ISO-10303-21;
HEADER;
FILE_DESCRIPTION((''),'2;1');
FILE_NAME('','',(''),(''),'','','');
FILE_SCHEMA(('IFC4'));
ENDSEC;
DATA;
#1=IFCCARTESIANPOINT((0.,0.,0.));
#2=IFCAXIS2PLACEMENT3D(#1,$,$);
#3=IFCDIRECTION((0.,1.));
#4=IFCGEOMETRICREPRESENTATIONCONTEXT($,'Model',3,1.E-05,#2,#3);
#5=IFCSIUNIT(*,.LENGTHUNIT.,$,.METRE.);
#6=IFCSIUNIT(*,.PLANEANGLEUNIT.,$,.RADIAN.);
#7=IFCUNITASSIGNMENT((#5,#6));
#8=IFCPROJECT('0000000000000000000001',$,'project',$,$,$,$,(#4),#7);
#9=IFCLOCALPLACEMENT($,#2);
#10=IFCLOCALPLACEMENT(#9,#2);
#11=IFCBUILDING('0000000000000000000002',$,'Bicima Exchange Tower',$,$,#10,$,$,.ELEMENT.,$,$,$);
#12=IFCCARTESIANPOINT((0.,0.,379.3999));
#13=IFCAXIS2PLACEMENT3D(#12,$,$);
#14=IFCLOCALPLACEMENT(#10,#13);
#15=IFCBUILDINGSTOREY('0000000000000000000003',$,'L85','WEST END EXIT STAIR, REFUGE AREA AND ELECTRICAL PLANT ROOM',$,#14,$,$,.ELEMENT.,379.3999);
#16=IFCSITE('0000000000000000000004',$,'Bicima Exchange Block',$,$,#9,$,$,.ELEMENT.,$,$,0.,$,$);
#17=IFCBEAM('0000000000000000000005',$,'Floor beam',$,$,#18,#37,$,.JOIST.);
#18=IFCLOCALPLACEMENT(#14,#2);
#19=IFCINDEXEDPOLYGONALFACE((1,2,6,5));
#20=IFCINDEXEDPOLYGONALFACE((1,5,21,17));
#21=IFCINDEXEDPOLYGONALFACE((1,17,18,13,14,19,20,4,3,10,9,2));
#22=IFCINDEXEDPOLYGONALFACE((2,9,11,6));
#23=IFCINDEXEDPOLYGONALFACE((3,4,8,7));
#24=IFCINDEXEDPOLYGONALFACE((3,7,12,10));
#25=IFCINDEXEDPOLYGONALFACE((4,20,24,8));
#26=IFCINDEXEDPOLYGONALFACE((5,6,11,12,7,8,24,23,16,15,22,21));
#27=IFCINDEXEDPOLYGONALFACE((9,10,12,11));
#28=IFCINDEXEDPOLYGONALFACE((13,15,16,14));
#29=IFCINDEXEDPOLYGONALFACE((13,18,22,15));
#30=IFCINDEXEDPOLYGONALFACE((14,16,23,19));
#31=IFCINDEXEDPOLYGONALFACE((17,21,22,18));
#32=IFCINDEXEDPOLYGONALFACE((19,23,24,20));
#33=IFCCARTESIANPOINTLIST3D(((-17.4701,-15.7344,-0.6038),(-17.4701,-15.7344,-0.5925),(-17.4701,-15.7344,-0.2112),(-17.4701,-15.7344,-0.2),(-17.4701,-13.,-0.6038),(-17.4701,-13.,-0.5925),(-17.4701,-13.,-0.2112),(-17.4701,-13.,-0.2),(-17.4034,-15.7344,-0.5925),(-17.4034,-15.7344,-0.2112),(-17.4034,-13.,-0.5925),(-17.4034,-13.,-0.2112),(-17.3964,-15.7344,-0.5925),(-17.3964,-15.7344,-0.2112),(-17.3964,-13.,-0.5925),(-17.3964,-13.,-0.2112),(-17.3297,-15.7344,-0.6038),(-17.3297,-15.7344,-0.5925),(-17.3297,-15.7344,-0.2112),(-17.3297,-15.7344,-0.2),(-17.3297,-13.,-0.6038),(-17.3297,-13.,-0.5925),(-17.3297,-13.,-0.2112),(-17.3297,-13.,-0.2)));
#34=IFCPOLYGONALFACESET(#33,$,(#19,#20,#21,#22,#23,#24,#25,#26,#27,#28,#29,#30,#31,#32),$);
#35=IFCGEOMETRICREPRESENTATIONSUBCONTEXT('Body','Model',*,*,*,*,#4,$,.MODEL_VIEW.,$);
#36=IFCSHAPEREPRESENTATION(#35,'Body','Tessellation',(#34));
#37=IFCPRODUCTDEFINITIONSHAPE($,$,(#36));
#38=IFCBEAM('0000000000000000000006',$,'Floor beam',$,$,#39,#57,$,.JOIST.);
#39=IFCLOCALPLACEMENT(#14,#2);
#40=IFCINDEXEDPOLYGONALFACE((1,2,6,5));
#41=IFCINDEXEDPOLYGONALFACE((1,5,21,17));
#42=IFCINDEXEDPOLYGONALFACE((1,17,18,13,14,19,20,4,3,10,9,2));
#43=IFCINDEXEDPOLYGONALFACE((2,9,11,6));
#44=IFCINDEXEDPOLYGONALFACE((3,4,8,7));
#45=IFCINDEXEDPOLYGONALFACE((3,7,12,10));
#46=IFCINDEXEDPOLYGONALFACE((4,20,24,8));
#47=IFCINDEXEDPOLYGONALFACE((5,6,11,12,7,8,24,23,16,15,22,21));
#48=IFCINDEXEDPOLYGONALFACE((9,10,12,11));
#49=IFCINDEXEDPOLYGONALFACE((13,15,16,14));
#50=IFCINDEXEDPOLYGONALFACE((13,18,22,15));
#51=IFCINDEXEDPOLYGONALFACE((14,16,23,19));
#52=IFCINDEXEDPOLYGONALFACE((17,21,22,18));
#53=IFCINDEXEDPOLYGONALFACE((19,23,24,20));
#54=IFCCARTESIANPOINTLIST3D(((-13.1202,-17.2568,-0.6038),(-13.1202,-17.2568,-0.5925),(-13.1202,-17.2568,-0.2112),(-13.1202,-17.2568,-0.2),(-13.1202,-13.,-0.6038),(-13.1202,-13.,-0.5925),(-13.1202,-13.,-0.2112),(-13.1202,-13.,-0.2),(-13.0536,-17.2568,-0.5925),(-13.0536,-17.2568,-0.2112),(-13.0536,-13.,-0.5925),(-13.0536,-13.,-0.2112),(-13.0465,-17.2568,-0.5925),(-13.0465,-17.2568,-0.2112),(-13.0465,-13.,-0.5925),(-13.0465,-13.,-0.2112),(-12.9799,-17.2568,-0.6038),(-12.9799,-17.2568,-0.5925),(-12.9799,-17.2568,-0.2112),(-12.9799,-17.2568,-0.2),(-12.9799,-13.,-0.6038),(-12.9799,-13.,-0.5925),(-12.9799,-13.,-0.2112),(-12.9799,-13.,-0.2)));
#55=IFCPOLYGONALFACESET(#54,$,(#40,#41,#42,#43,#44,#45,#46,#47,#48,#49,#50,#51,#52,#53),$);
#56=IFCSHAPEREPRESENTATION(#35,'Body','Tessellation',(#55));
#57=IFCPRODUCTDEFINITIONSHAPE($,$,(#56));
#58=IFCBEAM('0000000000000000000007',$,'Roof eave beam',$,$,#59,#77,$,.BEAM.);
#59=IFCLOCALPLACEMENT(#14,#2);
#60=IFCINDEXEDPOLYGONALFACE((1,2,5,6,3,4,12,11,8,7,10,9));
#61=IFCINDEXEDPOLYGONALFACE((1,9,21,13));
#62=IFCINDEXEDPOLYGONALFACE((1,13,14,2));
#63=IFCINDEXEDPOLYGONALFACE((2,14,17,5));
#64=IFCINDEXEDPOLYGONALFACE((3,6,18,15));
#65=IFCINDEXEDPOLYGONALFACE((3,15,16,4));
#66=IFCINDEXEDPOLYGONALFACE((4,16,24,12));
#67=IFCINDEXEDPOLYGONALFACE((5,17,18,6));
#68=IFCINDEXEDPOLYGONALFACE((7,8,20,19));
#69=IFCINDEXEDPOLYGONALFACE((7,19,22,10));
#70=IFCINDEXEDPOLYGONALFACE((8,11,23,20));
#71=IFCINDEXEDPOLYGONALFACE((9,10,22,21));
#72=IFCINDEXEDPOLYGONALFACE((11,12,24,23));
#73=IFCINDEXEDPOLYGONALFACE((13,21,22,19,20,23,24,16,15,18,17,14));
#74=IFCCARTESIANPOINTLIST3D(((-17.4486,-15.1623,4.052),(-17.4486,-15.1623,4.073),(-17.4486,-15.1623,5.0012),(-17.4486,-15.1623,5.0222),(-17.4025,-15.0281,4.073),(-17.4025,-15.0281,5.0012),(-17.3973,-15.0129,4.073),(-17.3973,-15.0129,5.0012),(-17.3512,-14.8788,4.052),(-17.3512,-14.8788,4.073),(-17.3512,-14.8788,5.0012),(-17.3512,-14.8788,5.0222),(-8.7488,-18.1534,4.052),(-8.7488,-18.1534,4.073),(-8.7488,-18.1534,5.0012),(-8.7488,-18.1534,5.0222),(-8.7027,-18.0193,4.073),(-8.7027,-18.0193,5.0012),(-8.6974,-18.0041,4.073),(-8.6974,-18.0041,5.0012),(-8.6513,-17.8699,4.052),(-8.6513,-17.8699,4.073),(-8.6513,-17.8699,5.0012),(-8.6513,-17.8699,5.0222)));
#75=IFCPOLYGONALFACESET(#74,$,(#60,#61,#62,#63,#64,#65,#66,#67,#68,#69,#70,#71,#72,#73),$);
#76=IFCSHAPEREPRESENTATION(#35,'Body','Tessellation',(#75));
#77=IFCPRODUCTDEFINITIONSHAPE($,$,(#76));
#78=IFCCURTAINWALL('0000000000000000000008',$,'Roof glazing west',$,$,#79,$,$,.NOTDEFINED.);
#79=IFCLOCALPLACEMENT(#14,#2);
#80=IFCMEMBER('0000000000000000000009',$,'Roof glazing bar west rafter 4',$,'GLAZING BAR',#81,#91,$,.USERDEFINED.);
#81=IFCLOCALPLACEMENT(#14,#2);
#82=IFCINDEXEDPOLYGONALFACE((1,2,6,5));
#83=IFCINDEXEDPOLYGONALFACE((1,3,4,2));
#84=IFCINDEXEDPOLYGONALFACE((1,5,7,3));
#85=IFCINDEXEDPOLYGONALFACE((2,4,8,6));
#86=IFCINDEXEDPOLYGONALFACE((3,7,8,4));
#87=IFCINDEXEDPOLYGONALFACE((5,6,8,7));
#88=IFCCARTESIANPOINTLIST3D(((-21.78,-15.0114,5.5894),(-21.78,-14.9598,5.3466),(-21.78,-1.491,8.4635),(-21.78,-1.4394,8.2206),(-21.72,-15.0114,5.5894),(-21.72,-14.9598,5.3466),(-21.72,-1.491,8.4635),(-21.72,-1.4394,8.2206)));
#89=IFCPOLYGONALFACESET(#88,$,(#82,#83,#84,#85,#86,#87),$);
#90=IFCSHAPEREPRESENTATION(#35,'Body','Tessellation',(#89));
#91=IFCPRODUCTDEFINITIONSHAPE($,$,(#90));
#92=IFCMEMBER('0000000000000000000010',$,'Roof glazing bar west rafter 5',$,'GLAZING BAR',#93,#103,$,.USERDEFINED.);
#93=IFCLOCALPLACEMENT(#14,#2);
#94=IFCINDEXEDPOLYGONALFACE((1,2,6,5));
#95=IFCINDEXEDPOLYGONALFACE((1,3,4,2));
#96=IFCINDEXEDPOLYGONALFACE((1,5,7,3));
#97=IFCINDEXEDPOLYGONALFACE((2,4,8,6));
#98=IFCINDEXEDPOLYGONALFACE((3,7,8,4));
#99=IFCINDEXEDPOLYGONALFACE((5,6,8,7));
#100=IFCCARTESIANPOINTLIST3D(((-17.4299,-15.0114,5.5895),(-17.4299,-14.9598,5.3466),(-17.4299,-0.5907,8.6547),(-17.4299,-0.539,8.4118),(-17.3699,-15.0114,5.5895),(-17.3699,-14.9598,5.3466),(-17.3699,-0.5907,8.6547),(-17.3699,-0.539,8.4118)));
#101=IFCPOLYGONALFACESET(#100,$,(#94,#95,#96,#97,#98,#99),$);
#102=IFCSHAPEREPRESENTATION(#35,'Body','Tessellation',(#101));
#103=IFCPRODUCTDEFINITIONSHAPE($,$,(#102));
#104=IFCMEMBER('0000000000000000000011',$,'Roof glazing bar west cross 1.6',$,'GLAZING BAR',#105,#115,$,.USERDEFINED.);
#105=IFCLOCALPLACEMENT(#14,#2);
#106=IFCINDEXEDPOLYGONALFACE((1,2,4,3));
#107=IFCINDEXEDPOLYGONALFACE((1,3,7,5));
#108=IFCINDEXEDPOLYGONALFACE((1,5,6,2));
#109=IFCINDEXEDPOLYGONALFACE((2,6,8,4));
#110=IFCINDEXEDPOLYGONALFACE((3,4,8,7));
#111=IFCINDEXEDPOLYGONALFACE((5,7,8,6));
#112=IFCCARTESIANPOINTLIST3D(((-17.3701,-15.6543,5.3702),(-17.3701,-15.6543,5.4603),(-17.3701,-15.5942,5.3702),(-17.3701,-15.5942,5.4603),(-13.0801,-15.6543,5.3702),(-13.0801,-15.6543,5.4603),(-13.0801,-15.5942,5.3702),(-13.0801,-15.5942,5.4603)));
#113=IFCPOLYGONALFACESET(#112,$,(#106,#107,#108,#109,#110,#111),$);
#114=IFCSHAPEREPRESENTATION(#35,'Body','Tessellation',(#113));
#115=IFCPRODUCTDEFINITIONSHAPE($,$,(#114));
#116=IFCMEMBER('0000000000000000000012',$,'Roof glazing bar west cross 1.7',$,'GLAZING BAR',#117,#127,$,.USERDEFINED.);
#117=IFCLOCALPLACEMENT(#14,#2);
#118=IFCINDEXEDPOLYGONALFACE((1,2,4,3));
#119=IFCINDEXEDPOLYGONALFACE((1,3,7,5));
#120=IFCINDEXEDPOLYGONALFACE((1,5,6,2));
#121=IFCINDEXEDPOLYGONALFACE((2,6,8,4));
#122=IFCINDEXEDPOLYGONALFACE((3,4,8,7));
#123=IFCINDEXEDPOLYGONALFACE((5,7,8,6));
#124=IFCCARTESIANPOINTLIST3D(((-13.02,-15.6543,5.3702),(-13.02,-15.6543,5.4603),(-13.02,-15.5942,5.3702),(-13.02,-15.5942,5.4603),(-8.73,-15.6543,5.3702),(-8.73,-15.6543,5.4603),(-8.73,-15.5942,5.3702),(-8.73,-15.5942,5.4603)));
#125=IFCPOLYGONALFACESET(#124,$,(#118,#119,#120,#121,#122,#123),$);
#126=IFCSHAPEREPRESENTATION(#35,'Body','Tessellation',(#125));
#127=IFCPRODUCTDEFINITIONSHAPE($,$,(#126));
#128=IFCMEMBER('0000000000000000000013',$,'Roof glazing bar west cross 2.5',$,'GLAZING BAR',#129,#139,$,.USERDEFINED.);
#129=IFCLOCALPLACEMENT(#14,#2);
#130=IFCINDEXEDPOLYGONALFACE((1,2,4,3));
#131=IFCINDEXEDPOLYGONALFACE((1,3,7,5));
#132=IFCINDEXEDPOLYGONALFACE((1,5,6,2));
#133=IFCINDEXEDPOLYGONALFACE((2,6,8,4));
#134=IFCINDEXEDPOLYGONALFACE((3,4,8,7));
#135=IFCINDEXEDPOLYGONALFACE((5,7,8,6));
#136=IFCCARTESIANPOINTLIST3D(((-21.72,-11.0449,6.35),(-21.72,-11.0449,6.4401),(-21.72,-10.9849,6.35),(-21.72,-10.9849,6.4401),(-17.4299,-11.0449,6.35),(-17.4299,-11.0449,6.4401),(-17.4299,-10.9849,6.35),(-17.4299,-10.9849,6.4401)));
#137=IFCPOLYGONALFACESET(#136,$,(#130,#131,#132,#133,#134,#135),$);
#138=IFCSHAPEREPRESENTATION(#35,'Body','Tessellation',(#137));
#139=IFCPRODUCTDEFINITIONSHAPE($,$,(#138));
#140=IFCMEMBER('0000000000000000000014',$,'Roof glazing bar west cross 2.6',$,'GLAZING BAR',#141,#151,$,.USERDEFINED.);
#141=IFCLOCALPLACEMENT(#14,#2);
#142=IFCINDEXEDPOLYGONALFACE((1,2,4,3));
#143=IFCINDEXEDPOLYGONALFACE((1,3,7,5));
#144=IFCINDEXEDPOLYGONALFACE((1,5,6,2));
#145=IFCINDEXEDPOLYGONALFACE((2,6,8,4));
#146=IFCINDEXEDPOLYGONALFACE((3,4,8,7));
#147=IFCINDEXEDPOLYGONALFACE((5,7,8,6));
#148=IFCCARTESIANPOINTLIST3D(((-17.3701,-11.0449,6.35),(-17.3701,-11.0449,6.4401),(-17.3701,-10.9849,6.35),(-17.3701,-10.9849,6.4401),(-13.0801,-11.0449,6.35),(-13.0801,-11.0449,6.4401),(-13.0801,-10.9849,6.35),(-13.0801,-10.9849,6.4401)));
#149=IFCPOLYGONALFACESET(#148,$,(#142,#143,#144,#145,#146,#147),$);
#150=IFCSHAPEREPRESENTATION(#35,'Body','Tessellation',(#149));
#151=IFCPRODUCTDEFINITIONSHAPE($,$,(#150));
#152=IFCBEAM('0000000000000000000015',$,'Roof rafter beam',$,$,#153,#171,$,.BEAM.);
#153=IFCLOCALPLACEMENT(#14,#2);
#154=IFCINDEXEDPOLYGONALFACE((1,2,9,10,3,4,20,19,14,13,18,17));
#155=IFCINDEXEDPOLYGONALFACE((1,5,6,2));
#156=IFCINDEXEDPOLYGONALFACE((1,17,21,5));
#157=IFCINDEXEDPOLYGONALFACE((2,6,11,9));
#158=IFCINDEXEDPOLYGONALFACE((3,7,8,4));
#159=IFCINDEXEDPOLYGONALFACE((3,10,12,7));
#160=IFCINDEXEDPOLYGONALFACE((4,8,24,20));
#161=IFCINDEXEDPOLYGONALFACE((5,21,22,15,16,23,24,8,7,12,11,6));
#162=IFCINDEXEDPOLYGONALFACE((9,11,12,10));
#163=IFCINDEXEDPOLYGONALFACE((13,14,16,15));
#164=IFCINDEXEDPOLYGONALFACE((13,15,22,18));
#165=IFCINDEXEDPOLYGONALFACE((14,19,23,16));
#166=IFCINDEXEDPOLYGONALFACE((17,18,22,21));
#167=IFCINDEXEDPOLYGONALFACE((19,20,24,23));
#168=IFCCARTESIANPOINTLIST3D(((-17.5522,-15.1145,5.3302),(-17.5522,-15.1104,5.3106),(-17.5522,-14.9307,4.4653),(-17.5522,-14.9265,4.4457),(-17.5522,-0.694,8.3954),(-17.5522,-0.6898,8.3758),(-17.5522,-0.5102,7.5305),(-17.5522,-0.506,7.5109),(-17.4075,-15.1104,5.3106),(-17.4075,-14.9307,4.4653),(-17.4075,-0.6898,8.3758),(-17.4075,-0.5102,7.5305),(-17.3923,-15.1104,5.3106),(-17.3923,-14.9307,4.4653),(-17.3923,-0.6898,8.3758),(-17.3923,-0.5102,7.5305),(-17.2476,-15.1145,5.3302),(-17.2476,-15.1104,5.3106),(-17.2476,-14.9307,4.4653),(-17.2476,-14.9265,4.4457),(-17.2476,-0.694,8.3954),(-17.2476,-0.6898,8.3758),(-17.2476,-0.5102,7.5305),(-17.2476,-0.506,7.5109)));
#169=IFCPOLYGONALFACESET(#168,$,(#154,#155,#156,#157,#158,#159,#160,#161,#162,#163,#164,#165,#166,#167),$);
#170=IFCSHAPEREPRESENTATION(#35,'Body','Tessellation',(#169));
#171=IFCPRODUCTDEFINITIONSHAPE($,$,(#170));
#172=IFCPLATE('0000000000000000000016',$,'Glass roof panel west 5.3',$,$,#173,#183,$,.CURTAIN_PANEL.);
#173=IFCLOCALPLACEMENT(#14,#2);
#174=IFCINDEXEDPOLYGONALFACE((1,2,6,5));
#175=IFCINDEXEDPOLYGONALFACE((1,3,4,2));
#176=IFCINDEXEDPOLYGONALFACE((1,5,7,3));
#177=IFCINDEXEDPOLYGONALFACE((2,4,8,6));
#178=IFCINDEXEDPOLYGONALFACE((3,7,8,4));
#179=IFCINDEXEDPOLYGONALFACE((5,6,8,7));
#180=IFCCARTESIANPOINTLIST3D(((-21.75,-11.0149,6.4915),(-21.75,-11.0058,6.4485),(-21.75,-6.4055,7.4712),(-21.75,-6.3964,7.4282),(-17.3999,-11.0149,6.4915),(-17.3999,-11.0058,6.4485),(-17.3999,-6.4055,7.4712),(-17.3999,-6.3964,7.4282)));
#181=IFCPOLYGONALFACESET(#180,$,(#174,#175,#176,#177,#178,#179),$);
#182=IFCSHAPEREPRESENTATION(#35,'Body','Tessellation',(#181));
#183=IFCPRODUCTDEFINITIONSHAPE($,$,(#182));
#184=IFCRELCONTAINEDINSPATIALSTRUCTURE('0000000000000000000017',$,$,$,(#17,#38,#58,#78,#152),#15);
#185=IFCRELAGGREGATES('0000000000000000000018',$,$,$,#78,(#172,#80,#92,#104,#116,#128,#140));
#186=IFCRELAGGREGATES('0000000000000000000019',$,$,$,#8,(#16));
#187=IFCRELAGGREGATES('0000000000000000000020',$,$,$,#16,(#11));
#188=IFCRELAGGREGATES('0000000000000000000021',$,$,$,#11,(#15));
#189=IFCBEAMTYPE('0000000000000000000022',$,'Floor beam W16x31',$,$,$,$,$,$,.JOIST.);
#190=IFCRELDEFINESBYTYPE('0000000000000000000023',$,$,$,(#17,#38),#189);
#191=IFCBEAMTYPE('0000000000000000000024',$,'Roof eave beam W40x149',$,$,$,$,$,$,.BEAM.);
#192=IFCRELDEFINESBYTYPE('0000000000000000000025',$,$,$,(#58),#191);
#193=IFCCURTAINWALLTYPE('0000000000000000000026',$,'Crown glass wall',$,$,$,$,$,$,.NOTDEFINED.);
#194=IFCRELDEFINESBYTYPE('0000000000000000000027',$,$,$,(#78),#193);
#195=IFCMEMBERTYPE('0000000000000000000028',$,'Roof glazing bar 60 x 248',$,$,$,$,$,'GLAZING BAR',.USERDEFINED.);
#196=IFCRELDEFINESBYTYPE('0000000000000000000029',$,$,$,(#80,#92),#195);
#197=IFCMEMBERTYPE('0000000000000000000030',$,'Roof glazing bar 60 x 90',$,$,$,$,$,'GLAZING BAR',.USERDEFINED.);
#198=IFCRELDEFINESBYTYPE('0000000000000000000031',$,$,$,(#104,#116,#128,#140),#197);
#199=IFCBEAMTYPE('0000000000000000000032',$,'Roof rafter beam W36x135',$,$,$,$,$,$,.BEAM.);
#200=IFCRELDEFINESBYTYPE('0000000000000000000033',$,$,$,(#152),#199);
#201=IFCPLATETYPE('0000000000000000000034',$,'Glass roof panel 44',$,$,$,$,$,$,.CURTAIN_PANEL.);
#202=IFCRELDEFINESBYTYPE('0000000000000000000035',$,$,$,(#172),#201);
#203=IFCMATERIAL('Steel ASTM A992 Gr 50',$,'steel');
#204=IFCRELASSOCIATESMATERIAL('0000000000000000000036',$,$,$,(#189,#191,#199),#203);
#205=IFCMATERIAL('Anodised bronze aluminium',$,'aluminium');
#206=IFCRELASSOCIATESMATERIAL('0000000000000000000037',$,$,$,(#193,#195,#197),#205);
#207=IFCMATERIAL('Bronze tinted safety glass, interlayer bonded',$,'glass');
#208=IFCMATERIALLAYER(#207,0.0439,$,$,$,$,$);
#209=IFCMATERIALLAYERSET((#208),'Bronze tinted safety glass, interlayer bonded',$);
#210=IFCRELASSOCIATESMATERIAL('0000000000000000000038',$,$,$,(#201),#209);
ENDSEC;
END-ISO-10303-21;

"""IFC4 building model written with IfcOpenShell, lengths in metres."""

from ifc_helpers import new_model, si_unit, direction, frame, origin, origin_2d, place, context, subcontext, project, spatial, polyline, rectangle, i_section, outline, extrude, material, layer, layer_set, material_profile, profile_set, type_object, element, aggregate, save


model = new_model("IFC4")

# Units and contexts
model_context = context("Model", 3, precision=1e-05, world=origin(), true_north=direction((0.0, 1.0)))
body_context = subcontext(model_context, "Body", "Model", "MODEL_VIEW")
ifc_project = project(units=[si_unit("LENGTHUNIT", "METRE"), si_unit("PLANEANGLEUNIT", "RADIAN")], contexts=[model_context])

# Site, building, storey
site_placement = place(None, origin())
site = spatial("IfcSite", under=ifc_project, at=site_placement, Name="Bicima Exchange Block", CompositionType="ELEMENT", RefElevation=0.0)
building_placement = place(site_placement, origin())
building = spatial("IfcBuilding", under=site, at=building_placement, Name="Bicima Exchange Tower", CompositionType="ELEMENT")
storey_placement = place(building_placement, frame((0.0, 0.0, 379.3999)))
storey = spatial("IfcBuildingStorey", under=building, at=storey_placement, Name="L85", Description="WEST END EXIT STAIR, REFUGE AREA AND ELECTRICAL PLANT ROOM", CompositionType="ELEMENT", Elevation=379.3999)

# Beams
ifc_material_1 = material(Name="Steel ASTM A992 Gr 50", Category="steel")
ifc_material_profile_1 = material_profile(ifc_material_1, i_section(OverallWidth=0.1404, OverallDepth=0.4038, WebThickness=0.0071, FlangeThickness=0.0112, at=origin_2d()))
ifc_profile_set_1 = profile_set([ifc_material_profile_1], Name="Steel ASTM A992 Gr 50")
beam_type_1 = type_object("IfcBeamType", Name="Floor beam W16x31", PredefinedType="JOIST", material=ifc_profile_set_1)
beam_1_placement = place(storey_placement, frame((-17.3999, -13.0, -0.4019), z_axis=(0.0, -1.0, 0.0), x_axis=(1.0, 0.0, 0.0)))
element("IfcBeam", 1, at=beam_1_placement, inside=storey, type_object=beam_type_1, Name="Floor beam", PredefinedType="JOIST", context=body_context, shape_type="SweptSolid", body=[
    extrude(i_section(OverallWidth=0.1404, OverallDepth=0.4038, WebThickness=0.0071, FlangeThickness=0.0112, at=origin_2d()), origin(), (0.0, 0.0, 1.0), 2.7344),
])
beam_2_placement = place(storey_placement, frame((-13.05, -13.0, -0.4019), z_axis=(0.0, -1.0, 0.0), x_axis=(1.0, 0.0, 0.0)))
element("IfcBeam", 2, at=beam_2_placement, inside=storey, type_object=beam_type_1, Name="Floor beam", PredefinedType="JOIST", context=body_context, shape_type="SweptSolid", body=[
    extrude(i_section(OverallWidth=0.1404, OverallDepth=0.4038, WebThickness=0.0071, FlangeThickness=0.0112, at=origin_2d()), origin(), (0.0, 0.0, 1.0), 4.2568),
])
ifc_material_profile_2 = material_profile(ifc_material_1, i_section(OverallWidth=0.2998, OverallDepth=0.9702, WebThickness=0.0161, FlangeThickness=0.021, at=origin_2d()))
ifc_profile_set_2 = profile_set([ifc_material_profile_2], Name="Steel ASTM A992 Gr 50")
beam_type_2 = type_object("IfcBeamType", Name="Roof eave beam W40x149", PredefinedType="BEAM", material=ifc_profile_set_2)
beam_3_placement = place(storey_placement, frame((-17.3999, -15.0205, 4.5371), z_axis=(0.945666, -0.325138, 0.0), x_axis=(0.325138, 0.945666, 0.0)))
element("IfcBeam", 3, at=beam_3_placement, inside=storey, type_object=beam_type_2, Name="Roof eave beam", PredefinedType="BEAM", context=body_context, shape_type="SweptSolid", body=[
    extrude(i_section(OverallWidth=0.2998, OverallDepth=0.9702, WebThickness=0.0161, FlangeThickness=0.021, at=origin_2d()), origin(), (0.0, 0.0, 1.0), 9.1997),
])

# Curtain wall, members
ifc_material_2 = material(Name="Anodised bronze aluminium", Category="aluminium")
curtain_wall_type = type_object("IfcCurtainWallType", Name="Crown glass wall", PredefinedType="NOTDEFINED", material=ifc_material_2)
curtain_wall_placement = place(storey_placement, origin())
curtain_wall = element("IfcCurtainWall", 4, at=curtain_wall_placement, inside=storey, type_object=curtain_wall_type, Name="Roof glazing west", PredefinedType="NOTDEFINED")
ifc_material_profile_3 = material_profile(ifc_material_2, rectangle(XDim=0.0601, YDim=0.2483, at=origin_2d()))
ifc_profile_set_3 = profile_set([ifc_material_profile_3], Name="Anodised bronze aluminium")
member_type_1 = type_object("IfcMemberType", Name="Roof glazing bar 60 x 248", ElementType="GLAZING BAR", PredefinedType="USERDEFINED", material=ifc_profile_set_3)
member_1_placement = place(storey_placement, frame((-21.75, -14.9856, 5.468), z_axis=(0.0, 0.978145, 0.207922), x_axis=(-1.0, 0.0, 0.0)))
member_1 = element("IfcMember", 5, at=member_1_placement, type_object=member_type_1, Name="Roof glazing bar west rafter 4", ObjectType="GLAZING BAR", PredefinedType="USERDEFINED", context=body_context, shape_type="SweptSolid", body=[
    extrude(rectangle(XDim=0.0601, YDim=0.2483, at=origin_2d()), origin(), (0.0, 0.0, 1.0), 13.8225),
])
member_2_placement = place(storey_placement, frame((-17.3999, -14.9856, 5.468), z_axis=(0.0, 0.978148, 0.20791), x_axis=(-1.0, 0.0, 0.0)))
member_2 = element("IfcMember", 6, at=member_2_placement, type_object=member_type_1, Name="Roof glazing bar west rafter 5", ObjectType="GLAZING BAR", PredefinedType="USERDEFINED", context=body_context, shape_type="SweptSolid", body=[
    extrude(rectangle(XDim=0.0601, YDim=0.2483, at=origin_2d()), origin(), (0.0, 0.0, 1.0), 14.7429),
])
ifc_material_profile_4 = material_profile(ifc_material_2, rectangle(XDim=0.0601, YDim=0.0901, at=origin_2d()))
ifc_profile_set_4 = profile_set([ifc_material_profile_4], Name="Anodised bronze aluminium")
member_type_2 = type_object("IfcMemberType", Name="Roof glazing bar 60 x 90", ElementType="GLAZING BAR", PredefinedType="USERDEFINED", material=ifc_profile_set_4)
member_3_placement = place(storey_placement, frame((-17.3701, -15.6243, 5.4153), z_axis=(1.0, 0.0, 0.0), x_axis=(0.0, 1.0, 0.0)))
member_3 = element("IfcMember", 7, at=member_3_placement, type_object=member_type_2, Name="Roof glazing bar west cross 1.6", ObjectType="GLAZING BAR", PredefinedType="USERDEFINED", context=body_context, shape_type="SweptSolid", body=[
    extrude(rectangle(XDim=0.0601, YDim=0.0901, at=origin_2d()), origin(), (0.0, 0.0, 1.0), 4.29),
])
member_4_placement = place(storey_placement, frame((-13.02, -15.6243, 5.4153), z_axis=(1.0, 0.0, 0.0), x_axis=(0.0, 1.0, 0.0)))
member_4 = element("IfcMember", 8, at=member_4_placement, type_object=member_type_2, Name="Roof glazing bar west cross 1.7", ObjectType="GLAZING BAR", PredefinedType="USERDEFINED", context=body_context, shape_type="SweptSolid", body=[
    extrude(rectangle(XDim=0.0601, YDim=0.0901, at=origin_2d()), origin(), (0.0, 0.0, 1.0), 4.29),
])
member_5_placement = place(storey_placement, frame((-21.72, -11.0149, 6.395), z_axis=(1.0, 0.0, 0.0), x_axis=(0.0, 1.0, 0.0)))
member_5 = element("IfcMember", 9, at=member_5_placement, type_object=member_type_2, Name="Roof glazing bar west cross 2.5", ObjectType="GLAZING BAR", PredefinedType="USERDEFINED", context=body_context, shape_type="SweptSolid", body=[
    extrude(rectangle(XDim=0.0601, YDim=0.0901, at=origin_2d()), origin(), (0.0, 0.0, 1.0), 4.29),
])
member_6_placement = place(storey_placement, frame((-17.3701, -11.0149, 6.395), z_axis=(1.0, 0.0, 0.0), x_axis=(0.0, 1.0, 0.0)))
member_6 = element("IfcMember", 10, at=member_6_placement, type_object=member_type_2, Name="Roof glazing bar west cross 2.6", ObjectType="GLAZING BAR", PredefinedType="USERDEFINED", context=body_context, shape_type="SweptSolid", body=[
    extrude(rectangle(XDim=0.0601, YDim=0.0901, at=origin_2d()), origin(), (0.0, 0.0, 1.0), 4.29),
])

# Beam
ifc_material_profile_5 = material_profile(ifc_material_1, i_section(OverallWidth=0.3047, OverallDepth=0.9043, WebThickness=0.0151, FlangeThickness=0.02, at=origin_2d()))
ifc_profile_set_5 = profile_set([ifc_material_profile_5], Name="Steel ASTM A992 Gr 50")
beam_type_3 = type_object("IfcBeamType", Name="Roof rafter beam W36x135", PredefinedType="BEAM", material=ifc_profile_set_5)
beam_4_placement = place(storey_placement, frame((-17.3999, -15.0205, 4.8879), z_axis=(0.0, 0.978147, 0.207914), x_axis=(-1.0, 0.0, 0.0)))
element("IfcBeam", 11, at=beam_4_placement, inside=storey, type_object=beam_type_3, Name="Roof rafter beam", PredefinedType="BEAM", context=body_context, shape_type="SweptSolid", body=[
    extrude(i_section(OverallWidth=0.3047, OverallDepth=0.9043, WebThickness=0.0151, FlangeThickness=0.02, at=origin_2d()), origin(), (0.0, 0.0, 1.0), 14.7427),
])

# Plate
ifc_material_3 = material(Name="Bronze tinted safety glass, interlayer bonded", Category="glass")
ifc_layer_1 = layer(ifc_material_3, 0.0439)
ifc_layer_set_1 = layer_set([ifc_layer_1], Name="Bronze tinted safety glass, interlayer bonded")
plate_type = type_object("IfcPlateType", Name="Glass roof panel 44", PredefinedType="CURTAIN_PANEL", material=ifc_layer_set_1)
plate_1_placement = place(storey_placement, frame((-21.75, -11.0149, 6.4915), z_axis=(0.0, -0.207908, 0.978148), x_axis=(0.0, 0.978148, 0.207908)))
plate_1 = element("IfcPlate", 12, at=plate_1_placement, type_object=plate_type, Name="Glass roof panel west 5.3", PredefinedType="CURTAIN_PANEL", context=body_context, shape_type="SweptSolid", body=[
    extrude(outline(polyline([(0.0, 0.0), (4.7123, 0.0), (4.7123, -4.3501), (0.0, -4.3501), (0.0, 0.0)])), origin(), (0.0, 0.0, -1.0), 0.0439),
])
aggregate(curtain_wall, [plate_1, member_1, member_2, member_3, member_4, member_5, member_6])

save(model, "model.ifc")
